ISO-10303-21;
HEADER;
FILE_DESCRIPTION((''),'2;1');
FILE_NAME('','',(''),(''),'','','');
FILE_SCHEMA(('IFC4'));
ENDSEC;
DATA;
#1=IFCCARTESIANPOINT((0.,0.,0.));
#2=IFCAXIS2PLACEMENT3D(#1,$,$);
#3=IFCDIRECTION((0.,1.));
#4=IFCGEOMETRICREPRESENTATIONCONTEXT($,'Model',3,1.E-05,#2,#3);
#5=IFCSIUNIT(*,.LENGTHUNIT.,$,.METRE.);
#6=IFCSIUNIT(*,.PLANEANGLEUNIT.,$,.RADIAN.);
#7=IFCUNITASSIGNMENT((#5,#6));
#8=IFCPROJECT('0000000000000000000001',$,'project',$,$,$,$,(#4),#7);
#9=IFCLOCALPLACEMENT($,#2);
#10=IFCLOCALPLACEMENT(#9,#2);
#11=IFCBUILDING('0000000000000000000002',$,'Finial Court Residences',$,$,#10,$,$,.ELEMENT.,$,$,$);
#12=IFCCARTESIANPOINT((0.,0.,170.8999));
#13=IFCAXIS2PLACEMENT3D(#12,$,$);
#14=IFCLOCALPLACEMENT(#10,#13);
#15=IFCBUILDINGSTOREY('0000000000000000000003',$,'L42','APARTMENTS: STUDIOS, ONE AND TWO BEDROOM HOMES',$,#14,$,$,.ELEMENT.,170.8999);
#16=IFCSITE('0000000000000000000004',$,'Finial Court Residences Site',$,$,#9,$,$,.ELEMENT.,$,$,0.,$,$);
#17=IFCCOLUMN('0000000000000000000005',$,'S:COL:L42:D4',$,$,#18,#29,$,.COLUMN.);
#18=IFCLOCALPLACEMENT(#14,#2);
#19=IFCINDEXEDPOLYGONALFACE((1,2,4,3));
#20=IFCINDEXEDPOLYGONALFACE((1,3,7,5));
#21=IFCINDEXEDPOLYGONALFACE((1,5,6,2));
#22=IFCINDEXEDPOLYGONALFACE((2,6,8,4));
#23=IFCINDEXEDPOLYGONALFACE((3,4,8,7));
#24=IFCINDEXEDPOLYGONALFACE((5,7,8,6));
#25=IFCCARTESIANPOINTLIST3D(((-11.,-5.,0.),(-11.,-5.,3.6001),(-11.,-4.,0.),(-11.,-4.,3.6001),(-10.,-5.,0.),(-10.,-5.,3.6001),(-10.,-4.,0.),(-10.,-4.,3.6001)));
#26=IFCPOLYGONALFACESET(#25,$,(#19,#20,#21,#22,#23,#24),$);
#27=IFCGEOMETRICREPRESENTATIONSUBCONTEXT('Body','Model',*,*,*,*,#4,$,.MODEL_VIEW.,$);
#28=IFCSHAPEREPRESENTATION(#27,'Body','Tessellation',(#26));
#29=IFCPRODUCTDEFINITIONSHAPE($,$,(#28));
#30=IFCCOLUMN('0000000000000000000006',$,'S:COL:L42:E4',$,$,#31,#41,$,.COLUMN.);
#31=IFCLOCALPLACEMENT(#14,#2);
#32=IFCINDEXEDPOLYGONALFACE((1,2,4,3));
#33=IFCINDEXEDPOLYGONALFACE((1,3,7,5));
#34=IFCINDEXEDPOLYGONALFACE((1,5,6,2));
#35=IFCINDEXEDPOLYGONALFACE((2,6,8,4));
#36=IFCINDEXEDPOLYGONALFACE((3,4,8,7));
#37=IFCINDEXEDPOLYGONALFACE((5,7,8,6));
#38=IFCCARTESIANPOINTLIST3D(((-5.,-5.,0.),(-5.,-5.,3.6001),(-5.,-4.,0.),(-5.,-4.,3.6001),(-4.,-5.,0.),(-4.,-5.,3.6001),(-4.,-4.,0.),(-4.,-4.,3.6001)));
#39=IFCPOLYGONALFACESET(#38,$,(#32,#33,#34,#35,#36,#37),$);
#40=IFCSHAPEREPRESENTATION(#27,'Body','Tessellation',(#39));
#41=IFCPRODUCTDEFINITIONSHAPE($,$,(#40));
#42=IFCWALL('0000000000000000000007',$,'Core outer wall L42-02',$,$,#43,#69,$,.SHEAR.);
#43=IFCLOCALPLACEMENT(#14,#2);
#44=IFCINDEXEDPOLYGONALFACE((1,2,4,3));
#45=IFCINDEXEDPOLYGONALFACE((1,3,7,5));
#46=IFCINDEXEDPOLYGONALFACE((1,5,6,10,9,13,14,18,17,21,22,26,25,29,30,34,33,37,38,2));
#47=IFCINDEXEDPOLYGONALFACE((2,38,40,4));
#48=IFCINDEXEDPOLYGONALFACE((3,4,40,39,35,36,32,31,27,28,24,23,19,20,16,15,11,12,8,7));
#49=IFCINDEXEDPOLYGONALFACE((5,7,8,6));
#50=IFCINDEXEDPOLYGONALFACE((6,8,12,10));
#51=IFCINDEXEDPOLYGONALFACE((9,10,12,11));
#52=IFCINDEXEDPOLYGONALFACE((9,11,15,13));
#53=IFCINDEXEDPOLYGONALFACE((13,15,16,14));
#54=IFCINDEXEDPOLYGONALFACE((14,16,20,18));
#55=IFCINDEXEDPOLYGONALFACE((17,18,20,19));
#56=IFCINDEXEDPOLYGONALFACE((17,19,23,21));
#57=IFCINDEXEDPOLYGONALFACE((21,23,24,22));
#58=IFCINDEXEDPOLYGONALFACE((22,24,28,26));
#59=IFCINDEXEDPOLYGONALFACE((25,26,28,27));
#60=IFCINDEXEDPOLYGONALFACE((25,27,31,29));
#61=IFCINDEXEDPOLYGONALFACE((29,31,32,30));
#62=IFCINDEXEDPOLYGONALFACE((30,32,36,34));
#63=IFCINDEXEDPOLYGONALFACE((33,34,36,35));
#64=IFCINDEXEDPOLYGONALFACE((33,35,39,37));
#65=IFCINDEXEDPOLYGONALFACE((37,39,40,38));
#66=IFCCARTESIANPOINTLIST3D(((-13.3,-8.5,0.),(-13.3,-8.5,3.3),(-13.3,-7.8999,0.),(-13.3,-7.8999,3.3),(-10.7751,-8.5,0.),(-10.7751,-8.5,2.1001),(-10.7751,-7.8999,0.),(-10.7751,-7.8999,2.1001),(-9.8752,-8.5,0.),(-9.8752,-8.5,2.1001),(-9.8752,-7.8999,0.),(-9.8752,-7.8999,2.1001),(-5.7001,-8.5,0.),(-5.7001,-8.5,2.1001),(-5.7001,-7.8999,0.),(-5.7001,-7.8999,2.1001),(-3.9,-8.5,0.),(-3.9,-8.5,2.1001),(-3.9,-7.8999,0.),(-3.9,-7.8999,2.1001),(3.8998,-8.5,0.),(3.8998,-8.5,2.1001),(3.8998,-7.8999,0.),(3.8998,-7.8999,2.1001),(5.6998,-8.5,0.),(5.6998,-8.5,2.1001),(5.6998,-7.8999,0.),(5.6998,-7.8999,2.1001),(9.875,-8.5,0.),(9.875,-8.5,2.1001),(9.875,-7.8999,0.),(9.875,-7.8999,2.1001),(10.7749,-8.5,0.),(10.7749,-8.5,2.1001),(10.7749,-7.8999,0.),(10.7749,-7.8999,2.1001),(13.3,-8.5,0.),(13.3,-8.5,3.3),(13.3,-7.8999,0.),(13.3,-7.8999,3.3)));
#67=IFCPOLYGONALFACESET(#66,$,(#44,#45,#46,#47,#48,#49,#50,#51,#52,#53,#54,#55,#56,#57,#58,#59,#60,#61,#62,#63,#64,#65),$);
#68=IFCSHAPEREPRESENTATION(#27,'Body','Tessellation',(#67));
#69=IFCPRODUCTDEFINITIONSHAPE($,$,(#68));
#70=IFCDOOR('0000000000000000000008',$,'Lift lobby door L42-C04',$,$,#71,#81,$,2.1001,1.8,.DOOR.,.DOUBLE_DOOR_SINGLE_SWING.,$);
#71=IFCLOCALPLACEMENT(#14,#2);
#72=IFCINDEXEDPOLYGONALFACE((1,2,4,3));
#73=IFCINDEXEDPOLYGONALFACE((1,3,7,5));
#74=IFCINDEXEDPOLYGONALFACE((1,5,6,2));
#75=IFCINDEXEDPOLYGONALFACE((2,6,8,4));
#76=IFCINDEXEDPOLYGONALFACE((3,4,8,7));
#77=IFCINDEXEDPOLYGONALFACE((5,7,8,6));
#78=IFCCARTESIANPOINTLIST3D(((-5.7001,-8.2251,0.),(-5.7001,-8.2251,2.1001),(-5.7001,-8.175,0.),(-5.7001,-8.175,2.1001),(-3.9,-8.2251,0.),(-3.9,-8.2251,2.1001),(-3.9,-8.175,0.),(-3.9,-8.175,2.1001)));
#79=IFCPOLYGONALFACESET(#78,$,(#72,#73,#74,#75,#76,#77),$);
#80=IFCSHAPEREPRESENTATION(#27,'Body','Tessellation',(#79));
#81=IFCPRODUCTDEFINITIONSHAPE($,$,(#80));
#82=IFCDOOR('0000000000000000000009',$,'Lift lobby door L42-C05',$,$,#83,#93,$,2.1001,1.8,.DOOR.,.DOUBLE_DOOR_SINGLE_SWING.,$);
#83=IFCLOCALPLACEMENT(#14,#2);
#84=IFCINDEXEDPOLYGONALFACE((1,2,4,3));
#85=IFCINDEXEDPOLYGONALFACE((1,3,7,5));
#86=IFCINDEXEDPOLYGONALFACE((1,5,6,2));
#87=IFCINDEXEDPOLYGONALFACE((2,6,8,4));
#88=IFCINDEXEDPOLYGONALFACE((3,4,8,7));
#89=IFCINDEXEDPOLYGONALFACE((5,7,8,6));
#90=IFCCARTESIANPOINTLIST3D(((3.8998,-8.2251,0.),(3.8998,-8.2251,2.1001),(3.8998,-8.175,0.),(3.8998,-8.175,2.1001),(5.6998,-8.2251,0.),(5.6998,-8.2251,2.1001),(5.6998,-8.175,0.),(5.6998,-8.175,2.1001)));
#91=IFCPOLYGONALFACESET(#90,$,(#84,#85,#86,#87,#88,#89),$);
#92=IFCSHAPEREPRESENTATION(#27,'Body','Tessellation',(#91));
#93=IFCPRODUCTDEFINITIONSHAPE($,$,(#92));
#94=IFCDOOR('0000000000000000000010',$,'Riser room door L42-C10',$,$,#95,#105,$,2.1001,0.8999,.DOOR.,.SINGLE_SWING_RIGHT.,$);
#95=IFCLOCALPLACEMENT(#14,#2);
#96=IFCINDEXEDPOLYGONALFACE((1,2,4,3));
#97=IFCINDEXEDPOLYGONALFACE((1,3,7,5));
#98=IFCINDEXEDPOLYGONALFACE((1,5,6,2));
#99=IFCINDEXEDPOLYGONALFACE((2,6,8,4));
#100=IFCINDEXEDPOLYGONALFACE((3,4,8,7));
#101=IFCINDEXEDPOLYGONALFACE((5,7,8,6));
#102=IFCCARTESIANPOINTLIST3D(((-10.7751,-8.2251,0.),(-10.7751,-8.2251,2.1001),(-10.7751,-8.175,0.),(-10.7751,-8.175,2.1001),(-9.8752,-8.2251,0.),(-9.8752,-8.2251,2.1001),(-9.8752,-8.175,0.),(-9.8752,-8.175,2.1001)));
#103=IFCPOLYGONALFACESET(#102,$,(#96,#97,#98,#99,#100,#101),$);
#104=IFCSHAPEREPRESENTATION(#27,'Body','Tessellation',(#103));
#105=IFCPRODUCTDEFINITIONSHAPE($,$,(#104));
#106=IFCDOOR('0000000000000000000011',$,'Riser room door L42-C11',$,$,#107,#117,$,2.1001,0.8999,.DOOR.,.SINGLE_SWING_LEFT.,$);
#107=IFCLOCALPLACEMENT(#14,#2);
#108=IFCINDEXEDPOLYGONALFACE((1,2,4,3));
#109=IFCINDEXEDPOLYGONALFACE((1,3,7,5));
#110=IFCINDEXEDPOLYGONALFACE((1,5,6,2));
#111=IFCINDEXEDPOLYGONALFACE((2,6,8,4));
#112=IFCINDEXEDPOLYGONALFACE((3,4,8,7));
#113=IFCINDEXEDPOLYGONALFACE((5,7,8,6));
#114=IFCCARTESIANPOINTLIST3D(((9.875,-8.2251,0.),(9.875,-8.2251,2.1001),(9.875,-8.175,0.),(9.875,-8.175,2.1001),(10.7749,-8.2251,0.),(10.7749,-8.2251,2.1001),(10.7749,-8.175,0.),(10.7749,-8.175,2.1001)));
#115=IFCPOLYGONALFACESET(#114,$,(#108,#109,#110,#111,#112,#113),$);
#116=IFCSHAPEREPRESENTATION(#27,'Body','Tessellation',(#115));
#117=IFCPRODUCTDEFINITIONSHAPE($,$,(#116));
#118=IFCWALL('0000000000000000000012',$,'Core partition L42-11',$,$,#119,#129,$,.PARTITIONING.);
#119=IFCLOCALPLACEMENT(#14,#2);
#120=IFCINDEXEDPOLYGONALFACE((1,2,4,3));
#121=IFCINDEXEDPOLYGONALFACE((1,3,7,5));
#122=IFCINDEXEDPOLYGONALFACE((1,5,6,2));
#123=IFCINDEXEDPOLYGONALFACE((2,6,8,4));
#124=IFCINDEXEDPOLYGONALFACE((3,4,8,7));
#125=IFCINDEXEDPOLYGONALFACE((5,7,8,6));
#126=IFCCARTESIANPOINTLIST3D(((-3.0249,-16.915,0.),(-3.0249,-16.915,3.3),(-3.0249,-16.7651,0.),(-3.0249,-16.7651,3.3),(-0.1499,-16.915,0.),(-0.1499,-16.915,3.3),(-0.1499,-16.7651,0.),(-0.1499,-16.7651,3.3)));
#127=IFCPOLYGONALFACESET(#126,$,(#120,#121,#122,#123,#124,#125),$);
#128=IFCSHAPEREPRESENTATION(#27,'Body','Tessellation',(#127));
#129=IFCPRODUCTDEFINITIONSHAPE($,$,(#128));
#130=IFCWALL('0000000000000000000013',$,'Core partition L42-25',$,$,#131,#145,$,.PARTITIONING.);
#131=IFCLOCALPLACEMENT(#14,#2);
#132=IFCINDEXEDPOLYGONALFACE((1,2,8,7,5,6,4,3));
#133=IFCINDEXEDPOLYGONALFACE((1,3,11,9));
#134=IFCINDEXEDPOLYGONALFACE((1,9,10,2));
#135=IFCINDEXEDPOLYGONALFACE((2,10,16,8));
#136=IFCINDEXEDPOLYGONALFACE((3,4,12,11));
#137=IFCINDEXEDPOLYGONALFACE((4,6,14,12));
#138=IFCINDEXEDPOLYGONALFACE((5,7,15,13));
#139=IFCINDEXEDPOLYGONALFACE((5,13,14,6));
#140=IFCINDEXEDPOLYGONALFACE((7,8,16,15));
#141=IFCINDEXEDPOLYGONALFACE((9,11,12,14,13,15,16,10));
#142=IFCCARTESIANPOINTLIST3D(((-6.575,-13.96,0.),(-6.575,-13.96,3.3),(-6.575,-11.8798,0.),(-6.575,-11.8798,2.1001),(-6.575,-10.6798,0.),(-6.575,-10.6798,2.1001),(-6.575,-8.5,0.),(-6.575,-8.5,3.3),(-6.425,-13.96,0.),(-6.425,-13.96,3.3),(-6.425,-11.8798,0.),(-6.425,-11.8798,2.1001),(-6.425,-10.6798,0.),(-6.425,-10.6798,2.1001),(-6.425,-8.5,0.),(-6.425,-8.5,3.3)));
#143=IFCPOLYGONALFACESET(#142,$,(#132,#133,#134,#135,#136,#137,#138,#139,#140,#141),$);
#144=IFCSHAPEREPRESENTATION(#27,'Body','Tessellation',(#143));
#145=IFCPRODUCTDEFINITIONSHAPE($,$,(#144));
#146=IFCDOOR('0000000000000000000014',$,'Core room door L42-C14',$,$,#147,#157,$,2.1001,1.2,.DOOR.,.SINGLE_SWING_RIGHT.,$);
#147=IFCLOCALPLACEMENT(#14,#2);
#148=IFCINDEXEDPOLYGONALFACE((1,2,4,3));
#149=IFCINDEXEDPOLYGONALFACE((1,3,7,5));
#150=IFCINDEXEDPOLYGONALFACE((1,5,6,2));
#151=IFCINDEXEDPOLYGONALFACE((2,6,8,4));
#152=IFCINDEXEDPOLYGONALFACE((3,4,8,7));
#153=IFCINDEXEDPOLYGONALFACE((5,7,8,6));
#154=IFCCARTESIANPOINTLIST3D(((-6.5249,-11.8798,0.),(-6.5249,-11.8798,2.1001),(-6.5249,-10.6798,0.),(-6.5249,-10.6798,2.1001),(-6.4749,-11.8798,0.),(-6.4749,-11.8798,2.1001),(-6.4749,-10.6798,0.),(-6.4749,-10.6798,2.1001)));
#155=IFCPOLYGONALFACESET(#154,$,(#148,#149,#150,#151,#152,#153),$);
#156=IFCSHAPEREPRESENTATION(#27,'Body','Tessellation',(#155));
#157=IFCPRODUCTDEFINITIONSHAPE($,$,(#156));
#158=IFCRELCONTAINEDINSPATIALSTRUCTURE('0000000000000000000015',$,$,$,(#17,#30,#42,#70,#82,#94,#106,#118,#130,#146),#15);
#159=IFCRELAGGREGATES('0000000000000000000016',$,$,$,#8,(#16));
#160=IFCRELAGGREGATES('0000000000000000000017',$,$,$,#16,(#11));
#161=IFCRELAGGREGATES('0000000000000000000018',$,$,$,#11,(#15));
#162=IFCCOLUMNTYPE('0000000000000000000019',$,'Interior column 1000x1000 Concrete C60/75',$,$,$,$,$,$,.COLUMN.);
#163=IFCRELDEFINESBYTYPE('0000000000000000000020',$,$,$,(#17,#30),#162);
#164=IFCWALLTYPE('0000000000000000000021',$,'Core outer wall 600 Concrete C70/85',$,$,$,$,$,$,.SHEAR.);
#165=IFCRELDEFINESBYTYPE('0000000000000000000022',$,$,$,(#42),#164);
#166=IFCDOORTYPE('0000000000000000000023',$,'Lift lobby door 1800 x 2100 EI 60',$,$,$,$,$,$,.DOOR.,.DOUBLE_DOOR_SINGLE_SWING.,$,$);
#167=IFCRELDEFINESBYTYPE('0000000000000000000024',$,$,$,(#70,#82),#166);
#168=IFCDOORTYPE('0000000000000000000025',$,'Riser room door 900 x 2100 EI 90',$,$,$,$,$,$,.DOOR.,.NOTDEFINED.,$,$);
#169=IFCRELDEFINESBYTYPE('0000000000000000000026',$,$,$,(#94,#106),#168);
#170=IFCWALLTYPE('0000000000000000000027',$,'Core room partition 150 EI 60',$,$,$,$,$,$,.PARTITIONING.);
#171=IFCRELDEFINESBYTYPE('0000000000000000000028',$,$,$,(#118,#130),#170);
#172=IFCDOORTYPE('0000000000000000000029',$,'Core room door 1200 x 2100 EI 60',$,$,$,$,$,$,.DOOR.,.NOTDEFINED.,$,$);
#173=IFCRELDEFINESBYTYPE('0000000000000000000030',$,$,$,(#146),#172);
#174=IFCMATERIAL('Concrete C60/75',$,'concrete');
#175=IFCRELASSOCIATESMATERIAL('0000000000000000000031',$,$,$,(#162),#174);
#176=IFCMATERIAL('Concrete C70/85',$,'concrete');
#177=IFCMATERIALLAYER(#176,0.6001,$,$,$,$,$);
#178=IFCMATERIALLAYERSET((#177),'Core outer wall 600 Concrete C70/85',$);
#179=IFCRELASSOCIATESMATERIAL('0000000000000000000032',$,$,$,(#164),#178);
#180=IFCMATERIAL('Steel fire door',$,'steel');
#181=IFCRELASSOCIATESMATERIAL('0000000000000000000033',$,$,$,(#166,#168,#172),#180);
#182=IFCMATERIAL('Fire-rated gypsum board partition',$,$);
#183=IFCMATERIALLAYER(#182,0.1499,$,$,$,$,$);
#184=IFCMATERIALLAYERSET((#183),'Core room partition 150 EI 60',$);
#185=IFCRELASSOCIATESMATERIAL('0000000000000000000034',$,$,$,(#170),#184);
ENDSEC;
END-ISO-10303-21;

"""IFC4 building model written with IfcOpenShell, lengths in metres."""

from ifc_helpers import new_model, si_unit, direction, frame, frame_2d, origin, origin_2d, place, context, subcontext, project, spatial, rectangle, extrude, material, layer, layer_set, material_profile, profile_set, type_object, element, fill, save


model = new_model("IFC4")

# Units and contexts
model_context = context("Model", 3, precision=1e-05, world=origin(), true_north=direction((0.0, 1.0)))
body_context = subcontext(model_context, "Body", "Model", "MODEL_VIEW")
ifc_project = project(units=[si_unit("LENGTHUNIT", "METRE"), si_unit("PLANEANGLEUNIT", "RADIAN")], contexts=[model_context])

# Site, building, storey
site_placement = place(None, origin())
site = spatial("IfcSite", under=ifc_project, at=site_placement, Name="Finial Court Residences Site", CompositionType="ELEMENT", RefElevation=0.0)
building_placement = place(site_placement, origin())
building = spatial("IfcBuilding", under=site, at=building_placement, Name="Finial Court Residences", CompositionType="ELEMENT")
storey_placement = place(building_placement, frame((0.0, 0.0, 170.8999)))
storey = spatial("IfcBuildingStorey", under=building, at=storey_placement, Name="L42", Description="APARTMENTS: STUDIOS, ONE AND TWO BEDROOM HOMES", CompositionType="ELEMENT", Elevation=170.8999)

# Columns
ifc_material_1 = material(Name="Concrete C60/75", Category="concrete")
ifc_material_profile = material_profile(ifc_material_1, rectangle(XDim=1.0, YDim=1.0, at=origin_2d()), Name="1000x1000")
ifc_profile_set = profile_set([ifc_material_profile], Name="Concrete C60/75")
column_type = type_object("IfcColumnType", Name="Interior column 1000x1000 Concrete C60/75", PredefinedType="COLUMN", material=ifc_profile_set)
for number, where, z_axis, x_axis, name in (
    (1, (-10.5, -4.5, 0.0), (0.0, 0.0, 1.0), (1.0, 0.0, 0.0), "S:COL:L42:D4"),
    (2, (-4.5, -4.5, 0.0), (0.0, 0.0, 1.0), (1.0, 0.0, 0.0), "S:COL:L42:E4"),
):
    element("IfcColumn", number, at=place(storey_placement, frame(where, z_axis=z_axis, x_axis=x_axis)), inside=storey, type_object=column_type, Name=name, PredefinedType="COLUMN", context=body_context, shape_type="SweptSolid", body=[
        extrude(rectangle(XDim=1.0, YDim=1.0, at=origin_2d()), origin(), (0.0, 0.0, 1.0), 3.6001),
    ])

# Wall, openings, doors
ifc_material_2 = material(Name="Concrete C70/85", Category="concrete")
ifc_layer_1 = layer(ifc_material_2, 0.6001)
ifc_layer_set_1 = layer_set([ifc_layer_1], Name="Core outer wall 600 Concrete C70/85")
wall_type_1 = type_object("IfcWallType", Name="Core outer wall 600 Concrete C70/85", PredefinedType="SHEAR", material=ifc_layer_set_1)
wall_1_placement = place(storey_placement, frame((-13.3, -8.2, 0.0), z_axis=(0.0, 0.0, 1.0), x_axis=(1.0, 0.0, 0.0)))
wall_1 = element("IfcWall", 3, at=wall_1_placement, inside=storey, type_object=wall_type_1, Name="Core outer wall L42-02", PredefinedType="SHEAR", context=body_context, shape_type="SweptSolid", body=[
    extrude(rectangle(XDim=26.6001, YDim=0.6001, at=frame_2d((13.3, 0.0))), origin(), (0.0, 0.0, 1.0), 3.3),
])
opening_1_placement = place(wall_1_placement, frame((7.6001, 0.0, 0.0)))
opening_1 = element("IfcOpeningElement", 4, at=opening_1_placement, cuts=wall_1, PredefinedType="OPENING", context=body_context, shape_type="SweptSolid", body=[
    extrude(rectangle(XDim=1.8, YDim=2.1001, at=frame_2d((0.8999, 1.05))), frame((0.0, 0.3101, 0.0), z_axis=(0.0, -1.0, 0.0), x_axis=(1.0, 0.0, 0.0)), (0.0, 0.0, 1.0), 0.6201),
])
opening_2_placement = place(wall_1_placement, frame((17.2, 0.0, 0.0)))
opening_2 = element("IfcOpeningElement", 5, at=opening_2_placement, cuts=wall_1, PredefinedType="OPENING", context=body_context, shape_type="SweptSolid", body=[
    extrude(rectangle(XDim=1.8, YDim=2.1001, at=frame_2d((0.8999, 1.05))), frame((0.0, 0.3101, 0.0), z_axis=(0.0, -1.0, 0.0), x_axis=(1.0, 0.0, 0.0)), (0.0, 0.0, 1.0), 0.6201),
])
opening_3_placement = place(wall_1_placement, frame((2.5249, 0.0, 0.0)))
opening_3 = element("IfcOpeningElement", 6, at=opening_3_placement, cuts=wall_1, PredefinedType="OPENING", context=body_context, shape_type="SweptSolid", body=[
    extrude(rectangle(XDim=0.8999, YDim=2.1001, at=frame_2d((0.45, 1.05))), frame((0.0, 0.3101, 0.0), z_axis=(0.0, -1.0, 0.0), x_axis=(1.0, 0.0, 0.0)), (0.0, 0.0, 1.0), 0.6201),
])
opening_4_placement = place(wall_1_placement, frame((23.175, 0.0, 0.0)))
opening_4 = element("IfcOpeningElement", 7, at=opening_4_placement, cuts=wall_1, PredefinedType="OPENING", context=body_context, shape_type="SweptSolid", body=[
    extrude(rectangle(XDim=0.8999, YDim=2.1001, at=frame_2d((0.45, 1.05))), frame((0.0, 0.3101, 0.0), z_axis=(0.0, -1.0, 0.0), x_axis=(1.0, 0.0, 0.0)), (0.0, 0.0, 1.0), 0.6201),
])
ifc_material_3 = material(Name="Steel fire door", Category="steel")
door_type_1 = type_object("IfcDoorType", Name="Lift lobby door 1800 x 2100 EI 60", OperationType="DOUBLE_DOOR_SINGLE_SWING", PredefinedType="DOOR", material=ifc_material_3)
door_1_placement = place(opening_1_placement, origin())
door_1 = element("IfcDoor", 8, at=door_1_placement, inside=storey, type_object=door_type_1, Name="Lift lobby door L42-C04", OperationType="DOUBLE_DOOR_SINGLE_SWING", OverallHeight=2.1001, OverallWidth=1.8, PredefinedType="DOOR", context=body_context, shape_type="SweptSolid", body=[
    extrude(rectangle(XDim=1.8, YDim=2.1001, at=frame_2d((0.8999, 1.05))), frame((0.0, 0.0249, 0.0), z_axis=(0.0, -1.0, 0.0), x_axis=(1.0, 0.0, 0.0)), (0.0, 0.0, 1.0), 0.05),
])
fill(opening_1, door_1)
door_2_placement = place(opening_2_placement, origin())
door_2 = element("IfcDoor", 9, at=door_2_placement, inside=storey, type_object=door_type_1, Name="Lift lobby door L42-C05", OperationType="DOUBLE_DOOR_SINGLE_SWING", OverallHeight=2.1001, OverallWidth=1.8, PredefinedType="DOOR", context=body_context, shape_type="SweptSolid", body=[
    extrude(rectangle(XDim=1.8, YDim=2.1001, at=frame_2d((0.8999, 1.05))), frame((0.0, 0.0249, 0.0), z_axis=(0.0, -1.0, 0.0), x_axis=(1.0, 0.0, 0.0)), (0.0, 0.0, 1.0), 0.05),
])
fill(opening_2, door_2)
door_type_2 = type_object("IfcDoorType", Name="Riser room door 900 x 2100 EI 90", OperationType="NOTDEFINED", PredefinedType="DOOR", material=ifc_material_3)
door_3_placement = place(opening_3_placement, origin())
door_3 = element("IfcDoor", 10, at=door_3_placement, inside=storey, type_object=door_type_2, Name="Riser room door L42-C10", OperationType="SINGLE_SWING_RIGHT", OverallHeight=2.1001, OverallWidth=0.8999, PredefinedType="DOOR", context=body_context, shape_type="SweptSolid", body=[
    extrude(rectangle(XDim=0.8999, YDim=2.1001, at=frame_2d((0.45, 1.05))), frame((0.0, 0.0249, 0.0), z_axis=(0.0, -1.0, 0.0), x_axis=(1.0, 0.0, 0.0)), (0.0, 0.0, 1.0), 0.05),
])
fill(opening_3, door_3)
door_4_placement = place(opening_4_placement, origin())
door_4 = element("IfcDoor", 11, at=door_4_placement, inside=storey, type_object=door_type_2, Name="Riser room door L42-C11", OperationType="SINGLE_SWING_LEFT", OverallHeight=2.1001, OverallWidth=0.8999, PredefinedType="DOOR", context=body_context, shape_type="SweptSolid", body=[
    extrude(rectangle(XDim=0.8999, YDim=2.1001, at=frame_2d((0.45, 1.05))), frame((0.0, 0.0249, 0.0), z_axis=(0.0, -1.0, 0.0), x_axis=(1.0, 0.0, 0.0)), (0.0, 0.0, 1.0), 0.05),
])
fill(opening_4, door_4)

# Wall
ifc_material_4 = material(Name="Fire-rated gypsum board partition")
ifc_layer_2 = layer(ifc_material_4, 0.1499)
ifc_layer_set_2 = layer_set([ifc_layer_2], Name="Core room partition 150 EI 60")
wall_type_2 = type_object("IfcWallType", Name="Core room partition 150 EI 60", PredefinedType="PARTITIONING", material=ifc_layer_set_2)
wall_2_placement = place(storey_placement, frame((-3.0249, -16.8401, 0.0), z_axis=(0.0, 0.0, 1.0), x_axis=(1.0, 0.0, 0.0)))
element("IfcWall", 12, at=wall_2_placement, inside=storey, type_object=wall_type_2, Name="Core partition L42-11", PredefinedType="PARTITIONING", context=body_context, shape_type="SweptSolid", body=[
    extrude(rectangle(XDim=2.875, YDim=0.1499, at=frame_2d((1.4375, 0.0))), origin(), (0.0, 0.0, 1.0), 3.3),
])

# Wall, opening, door
wall_3_placement = place(storey_placement, frame((-6.5, -13.96, 0.0), z_axis=(0.0, 0.0, 1.0), x_axis=(0.0, 1.0, 0.0)))
wall_3 = element("IfcWall", 13, at=wall_3_placement, inside=storey, type_object=wall_type_2, Name="Core partition L42-25", PredefinedType="PARTITIONING", context=body_context, shape_type="SweptSolid", body=[
    extrude(rectangle(XDim=5.46, YDim=0.1499, at=frame_2d((2.73, 0.0))), origin(), (0.0, 0.0, 1.0), 3.3),
])
opening_5_placement = place(wall_3_placement, frame((2.0801, 0.0, 0.0)))
opening_5 = element("IfcOpeningElement", 14, at=opening_5_placement, cuts=wall_3, PredefinedType="OPENING", context=body_context, shape_type="SweptSolid", body=[
    extrude(rectangle(XDim=1.2, YDim=2.1001, at=frame_2d((0.6001, 1.05))), frame((0.0, 0.085, 0.0), z_axis=(0.0, -1.0, 0.0), x_axis=(1.0, 0.0, 0.0)), (0.0, 0.0, 1.0), 0.1699),
])
door_type_3 = type_object("IfcDoorType", Name="Core room door 1200 x 2100 EI 60", OperationType="NOTDEFINED", PredefinedType="DOOR", material=ifc_material_3)
door_5_placement = place(opening_5_placement, origin())
door_5 = element("IfcDoor", 15, at=door_5_placement, inside=storey, type_object=door_type_3, Name="Core room door L42-C14", OperationType="SINGLE_SWING_RIGHT", OverallHeight=2.1001, OverallWidth=1.2, PredefinedType="DOOR", context=body_context, shape_type="SweptSolid", body=[
    extrude(rectangle(XDim=1.2, YDim=2.1001, at=frame_2d((0.6001, 1.05))), frame((0.0, 0.0249, 0.0), z_axis=(0.0, -1.0, 0.0), x_axis=(1.0, 0.0, 0.0)), (0.0, 0.0, 1.0), 0.05),
])
fill(opening_5, door_5)

save(model, "model.ifc")
